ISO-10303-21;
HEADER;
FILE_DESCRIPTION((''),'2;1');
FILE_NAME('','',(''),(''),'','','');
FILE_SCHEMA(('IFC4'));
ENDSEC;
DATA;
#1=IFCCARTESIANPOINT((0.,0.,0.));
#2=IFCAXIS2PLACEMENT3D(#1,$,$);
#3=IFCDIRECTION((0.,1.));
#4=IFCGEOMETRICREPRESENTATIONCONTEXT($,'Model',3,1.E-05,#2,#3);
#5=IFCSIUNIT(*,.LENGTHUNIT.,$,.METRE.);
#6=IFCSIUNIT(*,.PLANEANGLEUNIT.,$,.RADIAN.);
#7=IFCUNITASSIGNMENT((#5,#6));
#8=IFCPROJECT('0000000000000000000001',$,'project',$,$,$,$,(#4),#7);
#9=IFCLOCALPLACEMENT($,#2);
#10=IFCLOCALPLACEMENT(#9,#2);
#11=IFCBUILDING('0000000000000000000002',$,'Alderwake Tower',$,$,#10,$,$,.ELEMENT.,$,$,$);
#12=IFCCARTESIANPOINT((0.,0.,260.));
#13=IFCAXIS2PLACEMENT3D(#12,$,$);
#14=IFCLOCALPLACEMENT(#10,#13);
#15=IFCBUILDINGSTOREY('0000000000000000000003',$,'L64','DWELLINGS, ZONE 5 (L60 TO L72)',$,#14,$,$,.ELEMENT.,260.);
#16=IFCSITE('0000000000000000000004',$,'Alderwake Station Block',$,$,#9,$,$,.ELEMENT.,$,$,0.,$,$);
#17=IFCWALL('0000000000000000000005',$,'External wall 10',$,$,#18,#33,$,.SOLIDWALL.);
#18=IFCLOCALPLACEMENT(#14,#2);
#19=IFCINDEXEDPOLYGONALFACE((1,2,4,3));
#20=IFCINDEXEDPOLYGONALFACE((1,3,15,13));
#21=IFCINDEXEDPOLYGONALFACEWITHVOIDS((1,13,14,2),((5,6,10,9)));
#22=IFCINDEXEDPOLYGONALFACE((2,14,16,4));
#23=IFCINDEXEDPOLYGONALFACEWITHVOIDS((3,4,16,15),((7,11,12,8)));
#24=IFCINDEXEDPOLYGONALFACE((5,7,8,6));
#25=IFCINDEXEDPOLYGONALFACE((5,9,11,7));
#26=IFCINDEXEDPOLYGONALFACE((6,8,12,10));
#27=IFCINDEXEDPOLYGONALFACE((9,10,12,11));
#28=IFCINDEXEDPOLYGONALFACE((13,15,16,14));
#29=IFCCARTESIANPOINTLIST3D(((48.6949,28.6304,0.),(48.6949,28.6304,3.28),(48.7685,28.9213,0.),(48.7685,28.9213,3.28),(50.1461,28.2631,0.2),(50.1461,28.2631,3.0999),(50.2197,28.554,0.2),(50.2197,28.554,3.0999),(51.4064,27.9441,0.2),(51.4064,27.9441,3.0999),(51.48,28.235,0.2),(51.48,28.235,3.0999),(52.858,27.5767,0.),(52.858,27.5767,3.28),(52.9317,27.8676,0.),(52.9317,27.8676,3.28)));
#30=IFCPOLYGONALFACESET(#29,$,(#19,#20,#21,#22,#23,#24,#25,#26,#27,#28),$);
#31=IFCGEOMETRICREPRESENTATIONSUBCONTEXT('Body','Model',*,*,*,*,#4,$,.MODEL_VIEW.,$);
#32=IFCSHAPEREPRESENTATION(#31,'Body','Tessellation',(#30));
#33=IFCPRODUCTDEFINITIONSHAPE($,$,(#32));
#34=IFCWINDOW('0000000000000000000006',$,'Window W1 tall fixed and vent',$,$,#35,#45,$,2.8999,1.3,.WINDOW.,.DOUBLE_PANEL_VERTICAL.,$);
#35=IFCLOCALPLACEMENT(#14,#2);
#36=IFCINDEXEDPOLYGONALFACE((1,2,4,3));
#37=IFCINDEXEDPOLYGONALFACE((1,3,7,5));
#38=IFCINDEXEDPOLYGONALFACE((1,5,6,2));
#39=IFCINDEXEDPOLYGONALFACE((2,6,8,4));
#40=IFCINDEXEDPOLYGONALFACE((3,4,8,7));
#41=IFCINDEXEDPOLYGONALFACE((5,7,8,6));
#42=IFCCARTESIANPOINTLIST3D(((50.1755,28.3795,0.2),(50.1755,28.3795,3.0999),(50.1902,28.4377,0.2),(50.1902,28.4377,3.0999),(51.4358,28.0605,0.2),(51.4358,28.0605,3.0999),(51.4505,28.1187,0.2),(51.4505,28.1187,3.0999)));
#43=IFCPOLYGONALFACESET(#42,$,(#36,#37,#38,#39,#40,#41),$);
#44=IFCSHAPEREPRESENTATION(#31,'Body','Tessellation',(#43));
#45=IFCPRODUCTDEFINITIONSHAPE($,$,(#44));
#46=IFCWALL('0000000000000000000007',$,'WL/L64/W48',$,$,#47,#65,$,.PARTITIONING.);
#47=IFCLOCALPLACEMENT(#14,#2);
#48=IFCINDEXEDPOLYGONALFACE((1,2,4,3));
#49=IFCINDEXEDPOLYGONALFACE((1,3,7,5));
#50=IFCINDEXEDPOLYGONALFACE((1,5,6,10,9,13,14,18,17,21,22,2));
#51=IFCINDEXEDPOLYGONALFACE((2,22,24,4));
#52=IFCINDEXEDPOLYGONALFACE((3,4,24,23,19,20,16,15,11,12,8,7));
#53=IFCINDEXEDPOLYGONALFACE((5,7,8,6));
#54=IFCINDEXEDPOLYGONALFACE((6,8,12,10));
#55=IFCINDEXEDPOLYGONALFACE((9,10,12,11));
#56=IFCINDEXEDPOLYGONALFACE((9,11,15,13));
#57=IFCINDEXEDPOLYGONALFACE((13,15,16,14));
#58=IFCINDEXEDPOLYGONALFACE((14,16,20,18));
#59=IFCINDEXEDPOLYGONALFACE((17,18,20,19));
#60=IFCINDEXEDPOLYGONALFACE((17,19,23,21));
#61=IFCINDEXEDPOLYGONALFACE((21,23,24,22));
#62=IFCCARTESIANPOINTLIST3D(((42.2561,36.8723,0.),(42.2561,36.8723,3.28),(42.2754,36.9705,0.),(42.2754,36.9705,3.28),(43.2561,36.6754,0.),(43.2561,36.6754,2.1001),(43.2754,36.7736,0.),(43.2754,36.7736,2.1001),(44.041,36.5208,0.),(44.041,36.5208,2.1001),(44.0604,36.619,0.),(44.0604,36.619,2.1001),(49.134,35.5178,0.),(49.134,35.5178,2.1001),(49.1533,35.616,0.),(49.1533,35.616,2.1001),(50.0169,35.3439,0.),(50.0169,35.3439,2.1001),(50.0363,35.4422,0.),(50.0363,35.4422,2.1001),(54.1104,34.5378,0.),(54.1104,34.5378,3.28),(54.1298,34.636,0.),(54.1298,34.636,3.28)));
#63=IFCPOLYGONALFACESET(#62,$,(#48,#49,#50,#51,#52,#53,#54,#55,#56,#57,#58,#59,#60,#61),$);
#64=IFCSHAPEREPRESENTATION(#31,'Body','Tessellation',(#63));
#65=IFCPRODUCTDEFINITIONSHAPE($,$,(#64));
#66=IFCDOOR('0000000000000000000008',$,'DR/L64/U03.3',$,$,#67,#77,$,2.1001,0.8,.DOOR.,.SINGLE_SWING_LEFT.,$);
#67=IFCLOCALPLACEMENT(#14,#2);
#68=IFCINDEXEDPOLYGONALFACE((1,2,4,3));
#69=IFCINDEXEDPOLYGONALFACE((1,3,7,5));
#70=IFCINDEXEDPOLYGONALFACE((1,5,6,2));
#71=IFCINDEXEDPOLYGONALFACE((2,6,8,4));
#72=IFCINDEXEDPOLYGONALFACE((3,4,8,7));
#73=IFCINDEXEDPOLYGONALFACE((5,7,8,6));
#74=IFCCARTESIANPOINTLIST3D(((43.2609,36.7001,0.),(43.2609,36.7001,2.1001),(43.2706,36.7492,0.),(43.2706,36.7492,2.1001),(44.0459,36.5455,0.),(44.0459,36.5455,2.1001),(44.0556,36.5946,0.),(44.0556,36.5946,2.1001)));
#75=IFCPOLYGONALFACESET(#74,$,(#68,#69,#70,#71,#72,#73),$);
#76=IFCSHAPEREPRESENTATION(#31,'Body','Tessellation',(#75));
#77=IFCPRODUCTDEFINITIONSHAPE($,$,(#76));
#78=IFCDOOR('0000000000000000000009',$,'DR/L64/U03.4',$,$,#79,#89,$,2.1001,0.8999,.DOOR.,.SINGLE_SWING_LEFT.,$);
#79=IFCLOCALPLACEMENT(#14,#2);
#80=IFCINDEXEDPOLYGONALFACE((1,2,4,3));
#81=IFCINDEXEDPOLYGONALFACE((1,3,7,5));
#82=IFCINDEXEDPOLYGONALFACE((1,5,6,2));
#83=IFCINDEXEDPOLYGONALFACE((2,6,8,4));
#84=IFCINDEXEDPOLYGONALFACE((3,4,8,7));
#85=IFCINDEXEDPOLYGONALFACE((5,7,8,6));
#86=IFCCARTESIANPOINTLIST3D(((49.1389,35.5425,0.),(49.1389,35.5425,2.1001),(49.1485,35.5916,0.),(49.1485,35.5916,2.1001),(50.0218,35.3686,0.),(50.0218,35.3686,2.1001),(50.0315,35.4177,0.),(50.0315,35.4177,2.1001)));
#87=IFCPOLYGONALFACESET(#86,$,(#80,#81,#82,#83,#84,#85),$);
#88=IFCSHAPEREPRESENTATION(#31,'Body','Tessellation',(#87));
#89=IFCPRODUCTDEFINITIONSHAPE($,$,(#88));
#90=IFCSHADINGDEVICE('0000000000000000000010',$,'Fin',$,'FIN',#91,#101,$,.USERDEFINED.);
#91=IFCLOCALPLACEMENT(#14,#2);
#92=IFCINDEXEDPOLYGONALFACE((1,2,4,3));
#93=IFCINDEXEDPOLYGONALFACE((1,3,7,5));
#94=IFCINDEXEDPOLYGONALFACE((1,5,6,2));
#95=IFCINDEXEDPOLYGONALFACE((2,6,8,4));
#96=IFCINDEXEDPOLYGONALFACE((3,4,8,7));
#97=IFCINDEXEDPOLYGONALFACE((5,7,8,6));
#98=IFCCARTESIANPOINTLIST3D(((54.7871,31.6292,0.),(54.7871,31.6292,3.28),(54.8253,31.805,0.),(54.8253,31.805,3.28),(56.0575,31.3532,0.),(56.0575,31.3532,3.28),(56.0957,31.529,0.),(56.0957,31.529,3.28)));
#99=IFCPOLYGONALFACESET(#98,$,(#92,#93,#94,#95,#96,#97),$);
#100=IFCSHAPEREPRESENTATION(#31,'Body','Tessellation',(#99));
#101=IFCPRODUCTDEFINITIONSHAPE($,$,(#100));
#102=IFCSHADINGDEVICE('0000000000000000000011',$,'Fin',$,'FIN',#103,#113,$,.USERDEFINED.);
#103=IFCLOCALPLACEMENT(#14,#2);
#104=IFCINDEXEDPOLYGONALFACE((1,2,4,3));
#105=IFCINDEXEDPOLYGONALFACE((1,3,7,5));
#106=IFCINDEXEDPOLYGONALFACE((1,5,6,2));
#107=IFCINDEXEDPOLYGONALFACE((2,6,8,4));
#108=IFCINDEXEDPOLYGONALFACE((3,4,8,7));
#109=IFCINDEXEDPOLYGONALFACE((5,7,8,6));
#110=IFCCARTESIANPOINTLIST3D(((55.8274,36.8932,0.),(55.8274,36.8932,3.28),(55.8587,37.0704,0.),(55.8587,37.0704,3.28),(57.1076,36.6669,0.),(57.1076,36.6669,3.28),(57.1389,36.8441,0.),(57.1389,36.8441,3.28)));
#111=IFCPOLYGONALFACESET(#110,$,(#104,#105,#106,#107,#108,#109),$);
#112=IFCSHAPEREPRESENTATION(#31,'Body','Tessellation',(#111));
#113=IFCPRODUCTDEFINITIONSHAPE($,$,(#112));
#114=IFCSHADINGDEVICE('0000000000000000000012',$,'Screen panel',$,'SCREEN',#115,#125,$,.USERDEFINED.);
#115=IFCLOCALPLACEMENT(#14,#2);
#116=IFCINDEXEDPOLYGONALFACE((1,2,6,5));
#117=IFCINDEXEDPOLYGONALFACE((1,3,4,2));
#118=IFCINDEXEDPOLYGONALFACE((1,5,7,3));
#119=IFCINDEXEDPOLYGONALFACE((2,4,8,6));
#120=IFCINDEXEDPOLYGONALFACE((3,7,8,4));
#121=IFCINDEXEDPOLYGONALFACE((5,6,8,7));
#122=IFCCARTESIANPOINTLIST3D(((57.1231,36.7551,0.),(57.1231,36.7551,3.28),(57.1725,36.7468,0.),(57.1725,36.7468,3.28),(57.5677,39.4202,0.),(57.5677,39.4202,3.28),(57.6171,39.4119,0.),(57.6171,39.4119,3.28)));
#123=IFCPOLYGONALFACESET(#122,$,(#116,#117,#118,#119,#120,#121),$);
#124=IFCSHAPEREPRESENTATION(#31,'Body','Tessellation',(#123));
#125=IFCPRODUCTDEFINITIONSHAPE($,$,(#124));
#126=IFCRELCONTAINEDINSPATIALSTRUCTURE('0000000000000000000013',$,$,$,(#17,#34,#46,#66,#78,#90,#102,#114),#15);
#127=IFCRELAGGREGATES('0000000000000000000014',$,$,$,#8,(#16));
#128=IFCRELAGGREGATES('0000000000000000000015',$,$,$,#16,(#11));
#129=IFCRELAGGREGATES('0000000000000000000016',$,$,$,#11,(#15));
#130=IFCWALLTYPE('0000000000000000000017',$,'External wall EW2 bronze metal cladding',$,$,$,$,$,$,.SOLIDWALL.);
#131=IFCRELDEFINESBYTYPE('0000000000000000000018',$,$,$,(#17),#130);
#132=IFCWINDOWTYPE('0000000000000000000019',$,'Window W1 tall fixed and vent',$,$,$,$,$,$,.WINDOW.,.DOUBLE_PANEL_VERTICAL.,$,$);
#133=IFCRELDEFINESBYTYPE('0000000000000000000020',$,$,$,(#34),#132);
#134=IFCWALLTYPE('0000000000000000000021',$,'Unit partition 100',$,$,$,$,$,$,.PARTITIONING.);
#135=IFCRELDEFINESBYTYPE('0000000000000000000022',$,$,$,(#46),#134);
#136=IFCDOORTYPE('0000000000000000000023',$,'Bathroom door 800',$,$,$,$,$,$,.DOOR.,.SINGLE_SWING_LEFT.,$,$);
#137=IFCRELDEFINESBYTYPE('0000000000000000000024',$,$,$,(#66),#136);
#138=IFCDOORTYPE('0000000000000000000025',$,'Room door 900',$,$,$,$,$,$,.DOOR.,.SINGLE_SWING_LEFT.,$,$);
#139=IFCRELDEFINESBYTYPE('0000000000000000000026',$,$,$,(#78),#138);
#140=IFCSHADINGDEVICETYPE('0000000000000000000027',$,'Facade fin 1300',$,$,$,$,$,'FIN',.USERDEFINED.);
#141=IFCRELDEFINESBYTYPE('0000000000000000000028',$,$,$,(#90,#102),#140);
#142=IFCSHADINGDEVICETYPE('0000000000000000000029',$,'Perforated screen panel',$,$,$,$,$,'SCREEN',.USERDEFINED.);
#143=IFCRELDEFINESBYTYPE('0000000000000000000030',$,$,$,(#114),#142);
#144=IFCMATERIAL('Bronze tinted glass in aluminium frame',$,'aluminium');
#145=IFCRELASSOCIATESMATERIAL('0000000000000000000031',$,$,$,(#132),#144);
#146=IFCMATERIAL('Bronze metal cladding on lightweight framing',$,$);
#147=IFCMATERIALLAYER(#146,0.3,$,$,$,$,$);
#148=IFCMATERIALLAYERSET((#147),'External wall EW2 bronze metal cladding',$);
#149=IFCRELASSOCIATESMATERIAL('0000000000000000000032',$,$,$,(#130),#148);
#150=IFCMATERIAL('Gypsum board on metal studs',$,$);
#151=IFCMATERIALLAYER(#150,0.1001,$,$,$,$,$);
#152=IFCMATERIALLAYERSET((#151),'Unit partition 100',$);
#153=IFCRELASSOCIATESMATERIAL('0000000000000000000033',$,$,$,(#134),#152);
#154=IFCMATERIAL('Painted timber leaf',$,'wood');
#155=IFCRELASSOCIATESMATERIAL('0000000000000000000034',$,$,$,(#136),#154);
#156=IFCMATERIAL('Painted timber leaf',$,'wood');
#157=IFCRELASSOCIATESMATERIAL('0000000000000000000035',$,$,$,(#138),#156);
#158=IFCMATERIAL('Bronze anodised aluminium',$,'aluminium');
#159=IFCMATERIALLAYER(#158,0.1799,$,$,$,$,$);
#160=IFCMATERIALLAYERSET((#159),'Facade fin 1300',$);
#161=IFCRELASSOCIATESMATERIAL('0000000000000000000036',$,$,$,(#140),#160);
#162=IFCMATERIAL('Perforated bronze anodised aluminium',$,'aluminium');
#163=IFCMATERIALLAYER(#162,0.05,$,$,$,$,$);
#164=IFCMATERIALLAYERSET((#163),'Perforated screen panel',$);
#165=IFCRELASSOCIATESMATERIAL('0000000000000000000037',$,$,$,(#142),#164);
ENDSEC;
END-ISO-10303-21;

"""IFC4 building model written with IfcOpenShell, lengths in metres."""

from ifc_helpers import new_model, si_unit, direction, frame, frame_2d, origin, origin_2d, place, context, subcontext, project, spatial, rectangle, extrude, material, layer, layer_set, type_object, element, fill, save


model = new_model("IFC4")

# Units and contexts
model_context = context("Model", 3, precision=1e-05, world=origin(), true_north=direction((0.0, 1.0)))
body_context = subcontext(model_context, "Body", "Model", "MODEL_VIEW")
ifc_project = project(units=[si_unit("LENGTHUNIT", "METRE"), si_unit("PLANEANGLEUNIT", "RADIAN")], contexts=[model_context])

# Site, building, storey
site_placement = place(None, origin())
site = spatial("IfcSite", under=ifc_project, at=site_placement, Name="Alderwake Station Block", CompositionType="ELEMENT", RefElevation=0.0)
building_placement = place(site_placement, origin())
building = spatial("IfcBuilding", under=site, at=building_placement, Name="Alderwake Tower", CompositionType="ELEMENT")
storey_placement = place(building_placement, frame((0.0, 0.0, 260.0)))
storey = spatial("IfcBuildingStorey", under=building, at=storey_placement, Name="L64", Description="DWELLINGS, ZONE 5 (L60 TO L72)", CompositionType="ELEMENT", Elevation=260.0)

# Shared definitions
ifc_material_1 = material(Name="Bronze tinted glass in aluminium frame", Category="aluminium")
window_type = type_object("IfcWindowType", Name="Window W1 tall fixed and vent", PartitioningType="DOUBLE_PANEL_VERTICAL", PredefinedType="WINDOW", material=ifc_material_1)

# Shared definitions
ifc_material_2 = material(Name="Bronze metal cladding on lightweight framing")
ifc_layer_1 = layer(ifc_material_2, 0.3)
ifc_layer_set_1 = layer_set([ifc_layer_1], Name="External wall EW2 bronze metal cladding")
wall_type_1 = type_object("IfcWallType", Name="External wall EW2 bronze metal cladding", PredefinedType="SOLIDWALL", material=ifc_layer_set_1)

# Wall, opening, window
wall_1_placement = place(storey_placement, frame((48.7317, 28.7759, 0.0), z_axis=(0.0, 0.0, 1.0), x_axis=(0.969429, -0.24537, 0.0)))
wall_1 = element("IfcWall", 1, at=wall_1_placement, inside=storey, type_object=wall_type_1, Name="External wall 10", PredefinedType="SOLIDWALL", context=body_context, shape_type="SweptSolid", body=[
    extrude(rectangle(XDim=4.2944, YDim=0.3, at=frame_2d((2.1472, 0.0))), origin(), (0.0, 0.0, 1.0), 3.28),
])
opening_1_placement = place(wall_1_placement, frame((1.4971, 0.0, 0.2)))
opening_1 = element("IfcOpeningElement", 2, at=opening_1_placement, cuts=wall_1, PredefinedType="OPENING", context=body_context, shape_type="SweptSolid", body=[
    extrude(rectangle(XDim=1.3, YDim=2.8999, at=frame_2d((0.6499, 1.45))), frame((0.0, 0.1599, 0.0), z_axis=(0.0, -1.0, 0.0), x_axis=(1.0, 0.0, 0.0)), (0.0, 0.0, 1.0), 0.3201),
])
window_1_placement = place(opening_1_placement, origin())
window_1 = element("IfcWindow", 3, at=window_1_placement, inside=storey, type_object=window_type, Name="Window W1 tall fixed and vent", OverallHeight=2.8999, OverallWidth=1.3, PartitioningType="DOUBLE_PANEL_VERTICAL", PredefinedType="WINDOW", context=body_context, shape_type="SweptSolid", body=[
    extrude(rectangle(XDim=1.3, YDim=2.8999, at=frame_2d((0.6499, 1.45))), frame((0.0, 0.03, 0.0), z_axis=(0.0, -1.0, 0.0), x_axis=(1.0, 0.0, 0.0)), (0.0, 0.0, 1.0), 0.0601),
])
fill(opening_1, window_1)

# Wall, openings, doors
ifc_material_3 = material(Name="Gypsum board on metal studs")
ifc_layer_2 = layer(ifc_material_3, 0.1001)
ifc_layer_set_2 = layer_set([ifc_layer_2], Name="Unit partition 100")
wall_type_2 = type_object("IfcWallType", Name="Unit partition 100", PredefinedType="PARTITIONING", material=ifc_layer_set_2)
wall_2_placement = place(storey_placement, frame((54.1201, 34.5869, 0.0), z_axis=(0.0, 0.0, 1.0), x_axis=(-0.981155, 0.19322, 0.0)))
wall_2 = element("IfcWall", 4, at=wall_2_placement, inside=storey, type_object=wall_type_2, Name="WL/L64/W48", PredefinedType="PARTITIONING", context=body_context, shape_type="SweptSolid", body=[
    extrude(rectangle(XDim=12.082, YDim=0.1001, at=frame_2d((6.041, 0.0))), origin(), (0.0, 0.0, 1.0), 3.28),
])
opening_2_placement = place(wall_2_placement, frame((10.2629, 0.0, 0.0)))
opening_2 = element("IfcOpeningElement", 5, at=opening_2_placement, cuts=wall_2, PredefinedType="OPENING", context=body_context, shape_type="SweptSolid", body=[
    extrude(rectangle(XDim=0.8, YDim=2.1001, at=frame_2d((0.3999, 1.05))), frame((0.0, 0.0601, 0.0), z_axis=(0.0, -1.0, 0.0), x_axis=(1.0, 0.0, 0.0)), (0.0, 0.0, 1.0), 0.1201),
])
opening_3_placement = place(wall_2_placement, frame((4.1721, 0.0, 0.0)))
opening_3 = element("IfcOpeningElement", 6, at=opening_3_placement, cuts=wall_2, PredefinedType="OPENING", context=body_context, shape_type="SweptSolid", body=[
    extrude(rectangle(XDim=0.8999, YDim=2.1001, at=frame_2d((0.45, 1.05))), frame((0.0, 0.0601, 0.0), z_axis=(0.0, -1.0, 0.0), x_axis=(1.0, 0.0, 0.0)), (0.0, 0.0, 1.0), 0.1201),
])
ifc_material_4 = material(Name="Painted timber leaf", Category="wood")
door_type_1 = type_object("IfcDoorType", Name="Bathroom door 800", OperationType="SINGLE_SWING_LEFT", PredefinedType="DOOR", material=ifc_material_4)
door_1_placement = place(opening_2_placement, origin())
door_1 = element("IfcDoor", 7, at=door_1_placement, inside=storey, type_object=door_type_1, Name="DR/L64/U03.3", OperationType="SINGLE_SWING_LEFT", OverallHeight=2.1001, OverallWidth=0.8, PredefinedType="DOOR", context=body_context, shape_type="SweptSolid", body=[
    extrude(rectangle(XDim=0.8, YDim=2.1001, at=frame_2d((0.3999, 1.05))), frame((0.0, 0.0249, 0.0), z_axis=(0.0, -1.0, 0.0), x_axis=(1.0, 0.0, 0.0)), (0.0, 0.0, 1.0), 0.05),
])
fill(opening_2, door_1)
ifc_material_5 = material(Name="Painted timber leaf", Category="wood")
door_type_2 = type_object("IfcDoorType", Name="Room door 900", OperationType="SINGLE_SWING_LEFT", PredefinedType="DOOR", material=ifc_material_5)
door_2_placement = place(opening_3_placement, origin())
door_2 = element("IfcDoor", 8, at=door_2_placement, inside=storey, type_object=door_type_2, Name="DR/L64/U03.4", OperationType="SINGLE_SWING_LEFT", OverallHeight=2.1001, OverallWidth=0.8999, PredefinedType="DOOR", context=body_context, shape_type="SweptSolid", body=[
    extrude(rectangle(XDim=0.8999, YDim=2.1001, at=frame_2d((0.45, 1.05))), frame((0.0, 0.0249, 0.0), z_axis=(0.0, -1.0, 0.0), x_axis=(1.0, 0.0, 0.0)), (0.0, 0.0, 1.0), 0.05),
])
fill(opening_3, door_2)

# Shading devices
ifc_material_6 = material(Name="Bronze anodised aluminium", Category="aluminium")
ifc_layer_3 = layer(ifc_material_6, 0.1799)
ifc_layer_set_3 = layer_set([ifc_layer_3], Name="Facade fin 1300")
shading_device_type_1 = type_object("IfcShadingDeviceType", Name="Facade fin 1300", ElementType="FIN", PredefinedType="USERDEFINED", material=ifc_layer_set_3)
for number, where, z_axis, x_axis, name in (
    (9, (55.4414, 31.5791, 0.0), (0.0, 0.0, 1.0), (0.97721, -0.212273, 0.0), "Fin"),
    (10, (56.4832, 36.8687, 0.0), (0.0, 0.0, 1.0), (0.984726, -0.174109, 0.0), "Fin"),
):
    element("IfcShadingDevice", number, at=place(storey_placement, frame(where, z_axis=z_axis, x_axis=x_axis)), inside=storey, type_object=shading_device_type_1, Name=name, ObjectType="FIN", PredefinedType="USERDEFINED", context=body_context, shape_type="SweptSolid", body=[
        extrude(rectangle(XDim=1.3, YDim=0.1799, at=origin_2d()), origin(), (0.0, 0.0, 1.0), 3.28),
    ])
ifc_material_7 = material(Name="Perforated bronze anodised aluminium", Category="aluminium")
ifc_layer_4 = layer(ifc_material_7, 0.05)
ifc_layer_set_4 = layer_set([ifc_layer_4], Name="Perforated screen panel")
shading_device_type_2 = type_object("IfcShadingDeviceType", Name="Perforated screen panel", ElementType="SCREEN", PredefinedType="USERDEFINED", material=ifc_layer_set_4)
shading_device_placement = place(storey_placement, frame((57.3701, 38.0835, 0.0), z_axis=(0.0, 0.0, 1.0), x_axis=(0.986369, -0.164548, 0.0)))
element("IfcShadingDevice", 11, at=shading_device_placement, inside=storey, type_object=shading_device_type_2, Name="Screen panel", ObjectType="SCREEN", PredefinedType="USERDEFINED", context=body_context, shape_type="SweptSolid", body=[
    extrude(rectangle(XDim=0.05, YDim=2.7019, at=origin_2d()), origin(), (0.0, 0.0, 1.0), 3.28),
])

save(model, "model.ifc")
